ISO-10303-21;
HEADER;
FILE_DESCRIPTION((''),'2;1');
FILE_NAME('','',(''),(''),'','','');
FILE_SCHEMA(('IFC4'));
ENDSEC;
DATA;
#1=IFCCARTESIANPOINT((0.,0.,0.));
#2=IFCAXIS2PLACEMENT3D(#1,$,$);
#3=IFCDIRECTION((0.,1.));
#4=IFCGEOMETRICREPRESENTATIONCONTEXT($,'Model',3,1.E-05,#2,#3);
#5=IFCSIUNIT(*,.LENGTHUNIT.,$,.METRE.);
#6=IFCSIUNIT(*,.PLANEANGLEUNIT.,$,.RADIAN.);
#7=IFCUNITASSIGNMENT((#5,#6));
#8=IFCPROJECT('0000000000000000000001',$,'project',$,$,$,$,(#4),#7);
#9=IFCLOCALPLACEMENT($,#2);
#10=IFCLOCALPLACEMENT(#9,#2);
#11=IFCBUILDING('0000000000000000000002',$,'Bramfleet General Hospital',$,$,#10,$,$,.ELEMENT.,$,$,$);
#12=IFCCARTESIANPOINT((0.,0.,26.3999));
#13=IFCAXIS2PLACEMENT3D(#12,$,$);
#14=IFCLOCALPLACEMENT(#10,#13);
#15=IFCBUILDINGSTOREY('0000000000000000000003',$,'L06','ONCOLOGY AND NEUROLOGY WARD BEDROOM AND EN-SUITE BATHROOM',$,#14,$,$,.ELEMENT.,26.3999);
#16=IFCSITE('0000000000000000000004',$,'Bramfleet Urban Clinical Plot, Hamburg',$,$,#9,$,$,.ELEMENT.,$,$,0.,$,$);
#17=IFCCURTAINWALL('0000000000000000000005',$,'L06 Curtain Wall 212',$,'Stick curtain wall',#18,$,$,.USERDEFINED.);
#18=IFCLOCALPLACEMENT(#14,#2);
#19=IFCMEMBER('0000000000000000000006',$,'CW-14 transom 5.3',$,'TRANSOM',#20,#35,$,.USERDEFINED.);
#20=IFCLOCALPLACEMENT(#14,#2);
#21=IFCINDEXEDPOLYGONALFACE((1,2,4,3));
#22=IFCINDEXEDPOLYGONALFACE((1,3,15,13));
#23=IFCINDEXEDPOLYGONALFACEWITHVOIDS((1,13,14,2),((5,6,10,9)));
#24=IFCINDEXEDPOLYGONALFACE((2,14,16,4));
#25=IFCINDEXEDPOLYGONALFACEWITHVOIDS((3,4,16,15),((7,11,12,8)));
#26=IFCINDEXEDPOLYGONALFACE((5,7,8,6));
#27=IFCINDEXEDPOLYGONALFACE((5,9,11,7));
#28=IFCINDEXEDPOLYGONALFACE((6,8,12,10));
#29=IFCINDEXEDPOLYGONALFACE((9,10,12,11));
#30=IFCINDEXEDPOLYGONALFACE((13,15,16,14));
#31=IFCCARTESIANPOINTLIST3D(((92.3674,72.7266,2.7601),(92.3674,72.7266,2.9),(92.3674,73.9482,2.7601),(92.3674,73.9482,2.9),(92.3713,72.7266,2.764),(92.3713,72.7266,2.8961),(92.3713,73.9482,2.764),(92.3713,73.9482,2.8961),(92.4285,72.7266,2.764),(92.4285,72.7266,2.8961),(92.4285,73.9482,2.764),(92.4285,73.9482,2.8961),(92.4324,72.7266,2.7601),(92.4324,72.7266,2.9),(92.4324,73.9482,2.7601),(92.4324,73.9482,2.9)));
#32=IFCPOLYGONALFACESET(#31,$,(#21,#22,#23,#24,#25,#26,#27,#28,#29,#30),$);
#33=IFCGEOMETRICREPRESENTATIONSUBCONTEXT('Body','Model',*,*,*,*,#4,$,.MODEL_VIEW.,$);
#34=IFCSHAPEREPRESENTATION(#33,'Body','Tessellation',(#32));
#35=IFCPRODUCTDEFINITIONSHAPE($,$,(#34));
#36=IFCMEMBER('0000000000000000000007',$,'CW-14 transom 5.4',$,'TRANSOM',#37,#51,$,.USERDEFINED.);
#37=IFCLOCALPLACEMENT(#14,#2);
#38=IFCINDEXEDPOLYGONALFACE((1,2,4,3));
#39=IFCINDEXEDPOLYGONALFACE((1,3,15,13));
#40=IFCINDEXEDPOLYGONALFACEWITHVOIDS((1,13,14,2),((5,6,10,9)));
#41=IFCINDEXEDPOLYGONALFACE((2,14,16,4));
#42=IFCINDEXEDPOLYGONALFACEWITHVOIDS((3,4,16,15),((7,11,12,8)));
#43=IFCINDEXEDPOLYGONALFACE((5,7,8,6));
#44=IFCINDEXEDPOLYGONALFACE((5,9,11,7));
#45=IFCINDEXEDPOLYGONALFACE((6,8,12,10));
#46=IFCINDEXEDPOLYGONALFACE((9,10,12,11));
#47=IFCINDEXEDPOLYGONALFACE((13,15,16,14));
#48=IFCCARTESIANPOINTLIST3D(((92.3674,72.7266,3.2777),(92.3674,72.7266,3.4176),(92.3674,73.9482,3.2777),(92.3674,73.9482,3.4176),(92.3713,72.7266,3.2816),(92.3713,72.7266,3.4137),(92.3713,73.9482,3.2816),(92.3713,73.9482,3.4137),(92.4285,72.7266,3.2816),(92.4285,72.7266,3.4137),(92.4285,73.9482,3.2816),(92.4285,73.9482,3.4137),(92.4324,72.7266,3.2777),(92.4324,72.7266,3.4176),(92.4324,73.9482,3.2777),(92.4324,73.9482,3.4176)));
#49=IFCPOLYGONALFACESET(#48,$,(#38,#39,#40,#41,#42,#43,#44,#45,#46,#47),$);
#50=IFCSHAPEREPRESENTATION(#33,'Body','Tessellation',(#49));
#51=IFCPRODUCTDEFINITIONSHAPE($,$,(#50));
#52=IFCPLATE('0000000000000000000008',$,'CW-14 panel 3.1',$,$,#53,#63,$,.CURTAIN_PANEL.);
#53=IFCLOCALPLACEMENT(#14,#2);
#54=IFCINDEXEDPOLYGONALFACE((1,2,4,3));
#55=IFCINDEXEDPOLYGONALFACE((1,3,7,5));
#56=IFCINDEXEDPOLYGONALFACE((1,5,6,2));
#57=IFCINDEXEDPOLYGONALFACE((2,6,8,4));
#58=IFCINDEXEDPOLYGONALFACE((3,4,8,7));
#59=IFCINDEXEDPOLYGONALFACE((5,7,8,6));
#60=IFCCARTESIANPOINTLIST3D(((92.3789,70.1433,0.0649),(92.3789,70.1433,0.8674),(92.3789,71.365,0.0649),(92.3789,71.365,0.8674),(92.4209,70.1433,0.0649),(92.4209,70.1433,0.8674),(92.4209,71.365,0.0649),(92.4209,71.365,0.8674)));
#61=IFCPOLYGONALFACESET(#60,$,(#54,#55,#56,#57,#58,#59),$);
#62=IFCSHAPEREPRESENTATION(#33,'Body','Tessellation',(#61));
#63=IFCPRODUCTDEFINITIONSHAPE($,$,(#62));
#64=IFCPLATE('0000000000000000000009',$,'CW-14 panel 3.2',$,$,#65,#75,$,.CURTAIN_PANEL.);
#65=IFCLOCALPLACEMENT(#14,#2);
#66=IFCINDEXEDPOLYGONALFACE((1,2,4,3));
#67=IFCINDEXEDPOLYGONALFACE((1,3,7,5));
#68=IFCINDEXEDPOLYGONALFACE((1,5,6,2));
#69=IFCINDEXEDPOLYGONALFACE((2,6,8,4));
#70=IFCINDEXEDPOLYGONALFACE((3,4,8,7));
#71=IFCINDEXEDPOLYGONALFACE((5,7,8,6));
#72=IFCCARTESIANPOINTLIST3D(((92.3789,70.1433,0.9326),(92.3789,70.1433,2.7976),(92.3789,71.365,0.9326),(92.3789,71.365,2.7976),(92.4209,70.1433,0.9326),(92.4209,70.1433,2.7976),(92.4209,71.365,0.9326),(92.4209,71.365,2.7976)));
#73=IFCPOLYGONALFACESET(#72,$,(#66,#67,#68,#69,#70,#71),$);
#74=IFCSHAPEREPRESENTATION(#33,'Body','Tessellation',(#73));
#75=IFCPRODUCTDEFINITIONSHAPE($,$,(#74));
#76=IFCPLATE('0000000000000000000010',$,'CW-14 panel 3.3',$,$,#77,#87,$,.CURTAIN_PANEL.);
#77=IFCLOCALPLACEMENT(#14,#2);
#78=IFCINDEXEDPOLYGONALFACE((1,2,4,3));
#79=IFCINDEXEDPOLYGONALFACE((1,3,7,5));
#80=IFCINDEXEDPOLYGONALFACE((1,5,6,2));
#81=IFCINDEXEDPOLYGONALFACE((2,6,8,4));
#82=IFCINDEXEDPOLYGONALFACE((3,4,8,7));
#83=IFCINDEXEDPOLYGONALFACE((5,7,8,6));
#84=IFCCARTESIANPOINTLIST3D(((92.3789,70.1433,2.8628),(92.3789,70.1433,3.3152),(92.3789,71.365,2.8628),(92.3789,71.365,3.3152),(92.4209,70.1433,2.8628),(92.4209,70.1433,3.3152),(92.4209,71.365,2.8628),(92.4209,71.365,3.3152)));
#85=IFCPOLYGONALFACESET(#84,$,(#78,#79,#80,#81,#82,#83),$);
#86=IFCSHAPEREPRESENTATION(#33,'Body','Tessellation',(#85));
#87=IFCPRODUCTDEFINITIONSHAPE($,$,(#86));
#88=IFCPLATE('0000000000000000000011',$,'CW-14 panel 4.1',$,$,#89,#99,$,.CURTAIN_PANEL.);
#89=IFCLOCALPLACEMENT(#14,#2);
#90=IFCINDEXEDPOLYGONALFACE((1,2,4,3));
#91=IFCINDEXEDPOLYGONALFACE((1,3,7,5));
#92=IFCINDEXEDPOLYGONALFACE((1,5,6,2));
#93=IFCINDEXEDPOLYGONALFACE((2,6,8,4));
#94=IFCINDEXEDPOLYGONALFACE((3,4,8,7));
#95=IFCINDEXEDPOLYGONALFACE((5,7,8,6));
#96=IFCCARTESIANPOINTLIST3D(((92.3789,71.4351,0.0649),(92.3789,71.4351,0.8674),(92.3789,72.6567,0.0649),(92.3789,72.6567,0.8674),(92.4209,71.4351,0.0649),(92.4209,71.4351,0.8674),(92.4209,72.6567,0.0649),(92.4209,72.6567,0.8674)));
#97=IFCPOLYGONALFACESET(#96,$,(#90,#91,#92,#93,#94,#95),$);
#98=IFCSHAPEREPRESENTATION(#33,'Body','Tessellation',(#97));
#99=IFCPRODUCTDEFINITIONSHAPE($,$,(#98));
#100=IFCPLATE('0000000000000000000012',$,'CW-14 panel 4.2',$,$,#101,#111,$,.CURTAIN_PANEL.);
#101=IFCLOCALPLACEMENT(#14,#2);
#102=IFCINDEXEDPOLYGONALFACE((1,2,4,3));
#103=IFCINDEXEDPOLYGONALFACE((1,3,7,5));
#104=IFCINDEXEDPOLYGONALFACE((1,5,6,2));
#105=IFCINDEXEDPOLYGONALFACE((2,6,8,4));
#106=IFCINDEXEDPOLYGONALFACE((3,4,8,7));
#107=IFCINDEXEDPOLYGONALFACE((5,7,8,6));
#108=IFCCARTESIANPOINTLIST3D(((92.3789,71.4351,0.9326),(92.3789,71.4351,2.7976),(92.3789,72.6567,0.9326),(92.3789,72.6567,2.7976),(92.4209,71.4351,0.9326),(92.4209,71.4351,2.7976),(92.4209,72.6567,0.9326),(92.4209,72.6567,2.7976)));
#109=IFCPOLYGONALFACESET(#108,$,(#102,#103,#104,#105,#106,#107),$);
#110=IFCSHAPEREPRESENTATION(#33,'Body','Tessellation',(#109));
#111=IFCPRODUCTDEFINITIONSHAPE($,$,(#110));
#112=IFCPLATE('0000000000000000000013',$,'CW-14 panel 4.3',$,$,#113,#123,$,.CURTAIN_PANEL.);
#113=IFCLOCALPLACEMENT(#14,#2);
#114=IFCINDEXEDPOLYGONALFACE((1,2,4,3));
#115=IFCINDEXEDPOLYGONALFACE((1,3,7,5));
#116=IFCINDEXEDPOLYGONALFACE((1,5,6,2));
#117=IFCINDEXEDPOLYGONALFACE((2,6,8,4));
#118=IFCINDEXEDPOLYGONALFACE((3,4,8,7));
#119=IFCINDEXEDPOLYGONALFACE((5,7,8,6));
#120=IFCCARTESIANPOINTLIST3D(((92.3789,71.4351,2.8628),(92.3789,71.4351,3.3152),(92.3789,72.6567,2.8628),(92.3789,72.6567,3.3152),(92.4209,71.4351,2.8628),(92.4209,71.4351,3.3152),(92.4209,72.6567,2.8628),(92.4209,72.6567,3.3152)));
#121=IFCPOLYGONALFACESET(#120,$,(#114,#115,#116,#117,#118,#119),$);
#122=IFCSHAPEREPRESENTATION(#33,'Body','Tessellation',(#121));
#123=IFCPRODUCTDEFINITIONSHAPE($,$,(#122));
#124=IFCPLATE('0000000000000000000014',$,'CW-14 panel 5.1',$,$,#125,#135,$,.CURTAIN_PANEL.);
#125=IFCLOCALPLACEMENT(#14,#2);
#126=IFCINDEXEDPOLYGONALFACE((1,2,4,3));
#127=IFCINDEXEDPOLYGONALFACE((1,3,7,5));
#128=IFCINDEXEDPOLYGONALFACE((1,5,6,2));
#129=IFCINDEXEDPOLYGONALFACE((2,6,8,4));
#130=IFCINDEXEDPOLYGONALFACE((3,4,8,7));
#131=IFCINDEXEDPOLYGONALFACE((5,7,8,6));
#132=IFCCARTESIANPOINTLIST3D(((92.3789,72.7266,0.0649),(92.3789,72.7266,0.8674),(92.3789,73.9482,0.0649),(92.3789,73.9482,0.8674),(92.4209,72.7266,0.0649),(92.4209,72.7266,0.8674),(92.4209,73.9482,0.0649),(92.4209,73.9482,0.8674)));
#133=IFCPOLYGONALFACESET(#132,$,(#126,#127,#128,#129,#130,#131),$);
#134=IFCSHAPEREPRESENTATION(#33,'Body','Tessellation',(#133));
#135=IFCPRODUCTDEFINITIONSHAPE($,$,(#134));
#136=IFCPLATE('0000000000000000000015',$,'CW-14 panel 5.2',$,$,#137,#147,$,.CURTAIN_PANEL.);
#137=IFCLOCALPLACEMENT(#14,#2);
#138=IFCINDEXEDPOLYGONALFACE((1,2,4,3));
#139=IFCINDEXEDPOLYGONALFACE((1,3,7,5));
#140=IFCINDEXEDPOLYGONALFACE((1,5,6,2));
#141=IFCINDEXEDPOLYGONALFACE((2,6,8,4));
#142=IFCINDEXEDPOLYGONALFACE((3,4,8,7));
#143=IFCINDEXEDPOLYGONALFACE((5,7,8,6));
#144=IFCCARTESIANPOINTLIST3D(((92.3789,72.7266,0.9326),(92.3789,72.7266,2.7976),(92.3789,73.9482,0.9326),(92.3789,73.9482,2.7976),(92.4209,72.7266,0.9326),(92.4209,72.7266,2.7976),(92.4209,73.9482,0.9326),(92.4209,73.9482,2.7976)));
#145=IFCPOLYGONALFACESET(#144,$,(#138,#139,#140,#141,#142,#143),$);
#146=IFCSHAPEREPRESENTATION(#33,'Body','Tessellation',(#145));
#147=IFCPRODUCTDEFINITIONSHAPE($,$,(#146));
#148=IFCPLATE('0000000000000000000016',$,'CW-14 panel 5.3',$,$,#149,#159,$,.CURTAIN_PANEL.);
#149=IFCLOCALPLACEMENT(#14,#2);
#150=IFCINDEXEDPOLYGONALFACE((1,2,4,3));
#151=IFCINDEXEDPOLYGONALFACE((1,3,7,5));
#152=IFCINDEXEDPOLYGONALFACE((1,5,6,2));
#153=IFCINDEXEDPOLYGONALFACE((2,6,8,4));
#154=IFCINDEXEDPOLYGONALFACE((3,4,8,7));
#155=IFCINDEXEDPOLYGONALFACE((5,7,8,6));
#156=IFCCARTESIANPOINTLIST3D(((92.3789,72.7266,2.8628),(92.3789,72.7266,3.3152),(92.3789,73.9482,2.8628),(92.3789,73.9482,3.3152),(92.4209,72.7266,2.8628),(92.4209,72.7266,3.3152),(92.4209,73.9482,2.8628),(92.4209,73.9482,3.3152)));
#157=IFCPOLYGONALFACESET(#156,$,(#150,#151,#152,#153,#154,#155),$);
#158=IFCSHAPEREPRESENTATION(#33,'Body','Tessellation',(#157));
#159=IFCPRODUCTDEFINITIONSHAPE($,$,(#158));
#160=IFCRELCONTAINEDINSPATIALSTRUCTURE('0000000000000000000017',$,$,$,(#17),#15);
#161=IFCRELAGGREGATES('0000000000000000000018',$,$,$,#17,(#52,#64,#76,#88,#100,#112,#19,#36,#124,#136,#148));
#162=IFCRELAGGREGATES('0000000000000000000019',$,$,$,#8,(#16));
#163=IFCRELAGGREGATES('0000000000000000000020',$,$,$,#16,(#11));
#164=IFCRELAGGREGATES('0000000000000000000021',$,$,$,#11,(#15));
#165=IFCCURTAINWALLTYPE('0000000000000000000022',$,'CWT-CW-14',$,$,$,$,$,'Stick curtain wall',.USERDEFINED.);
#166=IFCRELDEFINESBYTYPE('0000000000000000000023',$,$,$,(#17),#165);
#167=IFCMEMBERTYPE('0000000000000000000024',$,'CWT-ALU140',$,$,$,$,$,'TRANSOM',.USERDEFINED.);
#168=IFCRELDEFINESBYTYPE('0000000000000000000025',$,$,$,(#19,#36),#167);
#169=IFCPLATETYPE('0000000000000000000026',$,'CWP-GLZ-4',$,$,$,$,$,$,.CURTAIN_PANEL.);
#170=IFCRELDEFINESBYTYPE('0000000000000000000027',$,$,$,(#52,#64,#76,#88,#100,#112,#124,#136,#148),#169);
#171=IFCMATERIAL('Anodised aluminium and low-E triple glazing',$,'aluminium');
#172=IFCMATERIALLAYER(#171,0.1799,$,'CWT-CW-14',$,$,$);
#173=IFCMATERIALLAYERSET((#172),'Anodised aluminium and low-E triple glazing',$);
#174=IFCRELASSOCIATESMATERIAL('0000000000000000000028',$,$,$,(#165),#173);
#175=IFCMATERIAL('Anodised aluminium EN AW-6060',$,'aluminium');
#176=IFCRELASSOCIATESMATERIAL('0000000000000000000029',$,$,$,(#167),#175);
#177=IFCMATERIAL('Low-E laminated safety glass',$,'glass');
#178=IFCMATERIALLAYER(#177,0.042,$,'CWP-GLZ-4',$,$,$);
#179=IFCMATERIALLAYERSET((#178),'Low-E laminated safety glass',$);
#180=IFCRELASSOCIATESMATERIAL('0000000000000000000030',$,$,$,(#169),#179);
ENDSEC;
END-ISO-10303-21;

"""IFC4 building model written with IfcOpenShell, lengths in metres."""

from ifc_helpers import new_model, si_unit, direction, frame, origin, origin_2d, place, context, subcontext, project, spatial, rectangle, hollow_rectangle, extrude, material, layer, layer_set, material_profile, profile_set, type_object, element, aggregate, save


model = new_model("IFC4")

# Units and contexts
model_context = context("Model", 3, precision=1e-05, world=origin(), true_north=direction((0.0, 1.0)))
body_context = subcontext(model_context, "Body", "Model", "MODEL_VIEW")
ifc_project = project(units=[si_unit("LENGTHUNIT", "METRE"), si_unit("PLANEANGLEUNIT", "RADIAN")], contexts=[model_context])

# Site, building, storey
site_placement = place(None, origin())
site = spatial("IfcSite", under=ifc_project, at=site_placement, Name="Bramfleet Urban Clinical Plot, Hamburg", CompositionType="ELEMENT", RefElevation=0.0)
building_placement = place(site_placement, origin())
building = spatial("IfcBuilding", under=site, at=building_placement, Name="Bramfleet General Hospital", CompositionType="ELEMENT")
storey_placement = place(building_placement, frame((0.0, 0.0, 26.3999)))
storey = spatial("IfcBuildingStorey", under=building, at=storey_placement, Name="L06", Description="ONCOLOGY AND NEUROLOGY WARD BEDROOM AND EN-SUITE BATHROOM", CompositionType="ELEMENT", Elevation=26.3999)

# Curtain wall, members, plates
ifc_material_1 = material(Name="Anodised aluminium and low-E triple glazing", Category="aluminium")
ifc_layer_1 = layer(ifc_material_1, 0.1799, Name="CWT-CW-14")
ifc_layer_set_1 = layer_set([ifc_layer_1], Name="Anodised aluminium and low-E triple glazing")
curtain_wall_type = type_object("IfcCurtainWallType", Name="CWT-CW-14", ElementType="Stick curtain wall", PredefinedType="USERDEFINED", material=ifc_layer_set_1)
curtain_wall_placement = place(storey_placement, origin())
curtain_wall = element("IfcCurtainWall", 1, at=curtain_wall_placement, inside=storey, type_object=curtain_wall_type, Name="L06 Curtain Wall 212", ObjectType="Stick curtain wall", PredefinedType="USERDEFINED")
ifc_material_2 = material(Name="Anodised aluminium EN AW-6060", Category="aluminium")
ifc_material_profile_1 = material_profile(ifc_material_2, hollow_rectangle(XDim=0.0649, YDim=0.1399, WallThickness=0.0039, at=origin_2d()), Name="ALU 140x65x4.0")
ifc_profile_set_1 = profile_set([ifc_material_profile_1], Name="Anodised aluminium EN AW-6060")
member_type_1 = type_object("IfcMemberType", Name="CWT-ALU140", ElementType="TRANSOM", PredefinedType="USERDEFINED", material=ifc_profile_set_1)
member_1_placement = place(storey_placement, frame((92.3999, 72.7266, 2.8301), z_axis=(0.0, 1.0, 0.0), x_axis=(-1.0, 0.0, 0.0)))
member_1 = element("IfcMember", 2, at=member_1_placement, type_object=member_type_1, Name="CW-14 transom 5.3", ObjectType="TRANSOM", PredefinedType="USERDEFINED", context=body_context, shape_type="SweptSolid", body=[
    extrude(hollow_rectangle(XDim=0.0649, YDim=0.1399, WallThickness=0.0039, at=origin_2d()), origin(), (0.0, 0.0, 1.0), 1.2217),
])
member_2_placement = place(storey_placement, frame((92.3999, 72.7266, 3.3477), z_axis=(0.0, 1.0, 0.0), x_axis=(-1.0, 0.0, 0.0)))
member_2 = element("IfcMember", 3, at=member_2_placement, type_object=member_type_1, Name="CW-14 transom 5.4", ObjectType="TRANSOM", PredefinedType="USERDEFINED", context=body_context, shape_type="SweptSolid", body=[
    extrude(hollow_rectangle(XDim=0.0649, YDim=0.1399, WallThickness=0.0039, at=origin_2d()), origin(), (0.0, 0.0, 1.0), 1.2217),
])
ifc_material_3 = material(Name="Low-E laminated safety glass", Category="glass")
ifc_layer_2 = layer(ifc_material_3, 0.042, Name="CWP-GLZ-4")
ifc_layer_set_2 = layer_set([ifc_layer_2], Name="Low-E laminated safety glass")
plate_type = type_object("IfcPlateType", Name="CWP-GLZ-4", PredefinedType="CURTAIN_PANEL", material=ifc_layer_set_2)
plate_1_placement = place(storey_placement, frame((92.3999, 70.7542, 0.0649), z_axis=(0.0, 0.0, 1.0), x_axis=(0.0, 1.0, 0.0)))
plate_1 = element("IfcPlate", 4, at=plate_1_placement, type_object=plate_type, Name="CW-14 panel 3.1", PredefinedType="CURTAIN_PANEL", context=body_context, shape_type="SweptSolid", body=[
    extrude(rectangle(XDim=1.2217, YDim=0.042, at=origin_2d()), origin(), (0.0, 0.0, 1.0), 0.8025),
])
plate_2_placement = place(storey_placement, frame((92.3999, 70.7542, 0.9326), z_axis=(0.0, 0.0, 1.0), x_axis=(0.0, 1.0, 0.0)))
plate_2 = element("IfcPlate", 5, at=plate_2_placement, type_object=plate_type, Name="CW-14 panel 3.2", PredefinedType="CURTAIN_PANEL", context=body_context, shape_type="SweptSolid", body=[
    extrude(rectangle(XDim=1.2217, YDim=0.042, at=origin_2d()), origin(), (0.0, 0.0, 1.0), 1.865),
])
plate_3_placement = place(storey_placement, frame((92.3999, 70.7542, 2.8628), z_axis=(0.0, 0.0, 1.0), x_axis=(0.0, 1.0, 0.0)))
plate_3 = element("IfcPlate", 6, at=plate_3_placement, type_object=plate_type, Name="CW-14 panel 3.3", PredefinedType="CURTAIN_PANEL", context=body_context, shape_type="SweptSolid", body=[
    extrude(rectangle(XDim=1.2217, YDim=0.042, at=origin_2d()), origin(), (0.0, 0.0, 1.0), 0.4524),
])
plate_4_placement = place(storey_placement, frame((92.3999, 72.0459, 0.0649), z_axis=(0.0, 0.0, 1.0), x_axis=(0.0, 1.0, 0.0)))
plate_4 = element("IfcPlate", 7, at=plate_4_placement, type_object=plate_type, Name="CW-14 panel 4.1", PredefinedType="CURTAIN_PANEL", context=body_context, shape_type="SweptSolid", body=[
    extrude(rectangle(XDim=1.2217, YDim=0.042, at=origin_2d()), origin(), (0.0, 0.0, 1.0), 0.8025),
])
plate_5_placement = place(storey_placement, frame((92.3999, 72.0459, 0.9326), z_axis=(0.0, 0.0, 1.0), x_axis=(0.0, 1.0, 0.0)))
plate_5 = element("IfcPlate", 8, at=plate_5_placement, type_object=plate_type, Name="CW-14 panel 4.2", PredefinedType="CURTAIN_PANEL", context=body_context, shape_type="SweptSolid", body=[
    extrude(rectangle(XDim=1.2217, YDim=0.042, at=origin_2d()), origin(), (0.0, 0.0, 1.0), 1.865),
])
plate_6_placement = place(storey_placement, frame((92.3999, 72.0459, 2.8628), z_axis=(0.0, 0.0, 1.0), x_axis=(0.0, 1.0, 0.0)))
plate_6 = element("IfcPlate", 9, at=plate_6_placement, type_object=plate_type, Name="CW-14 panel 4.3", PredefinedType="CURTAIN_PANEL", context=body_context, shape_type="SweptSolid", body=[
    extrude(rectangle(XDim=1.2217, YDim=0.042, at=origin_2d()), origin(), (0.0, 0.0, 1.0), 0.4524),
])
plate_7_placement = place(storey_placement, frame((92.3999, 73.3374, 0.0649), z_axis=(0.0, 0.0, 1.0), x_axis=(0.0, 1.0, 0.0)))
plate_7 = element("IfcPlate", 10, at=plate_7_placement, type_object=plate_type, Name="CW-14 panel 5.1", PredefinedType="CURTAIN_PANEL", context=body_context, shape_type="SweptSolid", body=[
    extrude(rectangle(XDim=1.2217, YDim=0.042, at=origin_2d()), origin(), (0.0, 0.0, 1.0), 0.8025),
])
plate_8_placement = place(storey_placement, frame((92.3999, 73.3374, 0.9326), z_axis=(0.0, 0.0, 1.0), x_axis=(0.0, 1.0, 0.0)))
plate_8 = element("IfcPlate", 11, at=plate_8_placement, type_object=plate_type, Name="CW-14 panel 5.2", PredefinedType="CURTAIN_PANEL", context=body_context, shape_type="SweptSolid", body=[
    extrude(rectangle(XDim=1.2217, YDim=0.042, at=origin_2d()), origin(), (0.0, 0.0, 1.0), 1.865),
])
plate_9_placement = place(storey_placement, frame((92.3999, 73.3374, 2.8628), z_axis=(0.0, 0.0, 1.0), x_axis=(0.0, 1.0, 0.0)))
plate_9 = element("IfcPlate", 12, at=plate_9_placement, type_object=plate_type, Name="CW-14 panel 5.3", PredefinedType="CURTAIN_PANEL", context=body_context, shape_type="SweptSolid", body=[
    extrude(rectangle(XDim=1.2217, YDim=0.042, at=origin_2d()), origin(), (0.0, 0.0, 1.0), 0.4524),
])
aggregate(curtain_wall, [plate_1, plate_2, plate_3, plate_4, plate_5, plate_6, member_1, member_2, plate_7, plate_8, plate_9])

save(model, "model.ifc")
